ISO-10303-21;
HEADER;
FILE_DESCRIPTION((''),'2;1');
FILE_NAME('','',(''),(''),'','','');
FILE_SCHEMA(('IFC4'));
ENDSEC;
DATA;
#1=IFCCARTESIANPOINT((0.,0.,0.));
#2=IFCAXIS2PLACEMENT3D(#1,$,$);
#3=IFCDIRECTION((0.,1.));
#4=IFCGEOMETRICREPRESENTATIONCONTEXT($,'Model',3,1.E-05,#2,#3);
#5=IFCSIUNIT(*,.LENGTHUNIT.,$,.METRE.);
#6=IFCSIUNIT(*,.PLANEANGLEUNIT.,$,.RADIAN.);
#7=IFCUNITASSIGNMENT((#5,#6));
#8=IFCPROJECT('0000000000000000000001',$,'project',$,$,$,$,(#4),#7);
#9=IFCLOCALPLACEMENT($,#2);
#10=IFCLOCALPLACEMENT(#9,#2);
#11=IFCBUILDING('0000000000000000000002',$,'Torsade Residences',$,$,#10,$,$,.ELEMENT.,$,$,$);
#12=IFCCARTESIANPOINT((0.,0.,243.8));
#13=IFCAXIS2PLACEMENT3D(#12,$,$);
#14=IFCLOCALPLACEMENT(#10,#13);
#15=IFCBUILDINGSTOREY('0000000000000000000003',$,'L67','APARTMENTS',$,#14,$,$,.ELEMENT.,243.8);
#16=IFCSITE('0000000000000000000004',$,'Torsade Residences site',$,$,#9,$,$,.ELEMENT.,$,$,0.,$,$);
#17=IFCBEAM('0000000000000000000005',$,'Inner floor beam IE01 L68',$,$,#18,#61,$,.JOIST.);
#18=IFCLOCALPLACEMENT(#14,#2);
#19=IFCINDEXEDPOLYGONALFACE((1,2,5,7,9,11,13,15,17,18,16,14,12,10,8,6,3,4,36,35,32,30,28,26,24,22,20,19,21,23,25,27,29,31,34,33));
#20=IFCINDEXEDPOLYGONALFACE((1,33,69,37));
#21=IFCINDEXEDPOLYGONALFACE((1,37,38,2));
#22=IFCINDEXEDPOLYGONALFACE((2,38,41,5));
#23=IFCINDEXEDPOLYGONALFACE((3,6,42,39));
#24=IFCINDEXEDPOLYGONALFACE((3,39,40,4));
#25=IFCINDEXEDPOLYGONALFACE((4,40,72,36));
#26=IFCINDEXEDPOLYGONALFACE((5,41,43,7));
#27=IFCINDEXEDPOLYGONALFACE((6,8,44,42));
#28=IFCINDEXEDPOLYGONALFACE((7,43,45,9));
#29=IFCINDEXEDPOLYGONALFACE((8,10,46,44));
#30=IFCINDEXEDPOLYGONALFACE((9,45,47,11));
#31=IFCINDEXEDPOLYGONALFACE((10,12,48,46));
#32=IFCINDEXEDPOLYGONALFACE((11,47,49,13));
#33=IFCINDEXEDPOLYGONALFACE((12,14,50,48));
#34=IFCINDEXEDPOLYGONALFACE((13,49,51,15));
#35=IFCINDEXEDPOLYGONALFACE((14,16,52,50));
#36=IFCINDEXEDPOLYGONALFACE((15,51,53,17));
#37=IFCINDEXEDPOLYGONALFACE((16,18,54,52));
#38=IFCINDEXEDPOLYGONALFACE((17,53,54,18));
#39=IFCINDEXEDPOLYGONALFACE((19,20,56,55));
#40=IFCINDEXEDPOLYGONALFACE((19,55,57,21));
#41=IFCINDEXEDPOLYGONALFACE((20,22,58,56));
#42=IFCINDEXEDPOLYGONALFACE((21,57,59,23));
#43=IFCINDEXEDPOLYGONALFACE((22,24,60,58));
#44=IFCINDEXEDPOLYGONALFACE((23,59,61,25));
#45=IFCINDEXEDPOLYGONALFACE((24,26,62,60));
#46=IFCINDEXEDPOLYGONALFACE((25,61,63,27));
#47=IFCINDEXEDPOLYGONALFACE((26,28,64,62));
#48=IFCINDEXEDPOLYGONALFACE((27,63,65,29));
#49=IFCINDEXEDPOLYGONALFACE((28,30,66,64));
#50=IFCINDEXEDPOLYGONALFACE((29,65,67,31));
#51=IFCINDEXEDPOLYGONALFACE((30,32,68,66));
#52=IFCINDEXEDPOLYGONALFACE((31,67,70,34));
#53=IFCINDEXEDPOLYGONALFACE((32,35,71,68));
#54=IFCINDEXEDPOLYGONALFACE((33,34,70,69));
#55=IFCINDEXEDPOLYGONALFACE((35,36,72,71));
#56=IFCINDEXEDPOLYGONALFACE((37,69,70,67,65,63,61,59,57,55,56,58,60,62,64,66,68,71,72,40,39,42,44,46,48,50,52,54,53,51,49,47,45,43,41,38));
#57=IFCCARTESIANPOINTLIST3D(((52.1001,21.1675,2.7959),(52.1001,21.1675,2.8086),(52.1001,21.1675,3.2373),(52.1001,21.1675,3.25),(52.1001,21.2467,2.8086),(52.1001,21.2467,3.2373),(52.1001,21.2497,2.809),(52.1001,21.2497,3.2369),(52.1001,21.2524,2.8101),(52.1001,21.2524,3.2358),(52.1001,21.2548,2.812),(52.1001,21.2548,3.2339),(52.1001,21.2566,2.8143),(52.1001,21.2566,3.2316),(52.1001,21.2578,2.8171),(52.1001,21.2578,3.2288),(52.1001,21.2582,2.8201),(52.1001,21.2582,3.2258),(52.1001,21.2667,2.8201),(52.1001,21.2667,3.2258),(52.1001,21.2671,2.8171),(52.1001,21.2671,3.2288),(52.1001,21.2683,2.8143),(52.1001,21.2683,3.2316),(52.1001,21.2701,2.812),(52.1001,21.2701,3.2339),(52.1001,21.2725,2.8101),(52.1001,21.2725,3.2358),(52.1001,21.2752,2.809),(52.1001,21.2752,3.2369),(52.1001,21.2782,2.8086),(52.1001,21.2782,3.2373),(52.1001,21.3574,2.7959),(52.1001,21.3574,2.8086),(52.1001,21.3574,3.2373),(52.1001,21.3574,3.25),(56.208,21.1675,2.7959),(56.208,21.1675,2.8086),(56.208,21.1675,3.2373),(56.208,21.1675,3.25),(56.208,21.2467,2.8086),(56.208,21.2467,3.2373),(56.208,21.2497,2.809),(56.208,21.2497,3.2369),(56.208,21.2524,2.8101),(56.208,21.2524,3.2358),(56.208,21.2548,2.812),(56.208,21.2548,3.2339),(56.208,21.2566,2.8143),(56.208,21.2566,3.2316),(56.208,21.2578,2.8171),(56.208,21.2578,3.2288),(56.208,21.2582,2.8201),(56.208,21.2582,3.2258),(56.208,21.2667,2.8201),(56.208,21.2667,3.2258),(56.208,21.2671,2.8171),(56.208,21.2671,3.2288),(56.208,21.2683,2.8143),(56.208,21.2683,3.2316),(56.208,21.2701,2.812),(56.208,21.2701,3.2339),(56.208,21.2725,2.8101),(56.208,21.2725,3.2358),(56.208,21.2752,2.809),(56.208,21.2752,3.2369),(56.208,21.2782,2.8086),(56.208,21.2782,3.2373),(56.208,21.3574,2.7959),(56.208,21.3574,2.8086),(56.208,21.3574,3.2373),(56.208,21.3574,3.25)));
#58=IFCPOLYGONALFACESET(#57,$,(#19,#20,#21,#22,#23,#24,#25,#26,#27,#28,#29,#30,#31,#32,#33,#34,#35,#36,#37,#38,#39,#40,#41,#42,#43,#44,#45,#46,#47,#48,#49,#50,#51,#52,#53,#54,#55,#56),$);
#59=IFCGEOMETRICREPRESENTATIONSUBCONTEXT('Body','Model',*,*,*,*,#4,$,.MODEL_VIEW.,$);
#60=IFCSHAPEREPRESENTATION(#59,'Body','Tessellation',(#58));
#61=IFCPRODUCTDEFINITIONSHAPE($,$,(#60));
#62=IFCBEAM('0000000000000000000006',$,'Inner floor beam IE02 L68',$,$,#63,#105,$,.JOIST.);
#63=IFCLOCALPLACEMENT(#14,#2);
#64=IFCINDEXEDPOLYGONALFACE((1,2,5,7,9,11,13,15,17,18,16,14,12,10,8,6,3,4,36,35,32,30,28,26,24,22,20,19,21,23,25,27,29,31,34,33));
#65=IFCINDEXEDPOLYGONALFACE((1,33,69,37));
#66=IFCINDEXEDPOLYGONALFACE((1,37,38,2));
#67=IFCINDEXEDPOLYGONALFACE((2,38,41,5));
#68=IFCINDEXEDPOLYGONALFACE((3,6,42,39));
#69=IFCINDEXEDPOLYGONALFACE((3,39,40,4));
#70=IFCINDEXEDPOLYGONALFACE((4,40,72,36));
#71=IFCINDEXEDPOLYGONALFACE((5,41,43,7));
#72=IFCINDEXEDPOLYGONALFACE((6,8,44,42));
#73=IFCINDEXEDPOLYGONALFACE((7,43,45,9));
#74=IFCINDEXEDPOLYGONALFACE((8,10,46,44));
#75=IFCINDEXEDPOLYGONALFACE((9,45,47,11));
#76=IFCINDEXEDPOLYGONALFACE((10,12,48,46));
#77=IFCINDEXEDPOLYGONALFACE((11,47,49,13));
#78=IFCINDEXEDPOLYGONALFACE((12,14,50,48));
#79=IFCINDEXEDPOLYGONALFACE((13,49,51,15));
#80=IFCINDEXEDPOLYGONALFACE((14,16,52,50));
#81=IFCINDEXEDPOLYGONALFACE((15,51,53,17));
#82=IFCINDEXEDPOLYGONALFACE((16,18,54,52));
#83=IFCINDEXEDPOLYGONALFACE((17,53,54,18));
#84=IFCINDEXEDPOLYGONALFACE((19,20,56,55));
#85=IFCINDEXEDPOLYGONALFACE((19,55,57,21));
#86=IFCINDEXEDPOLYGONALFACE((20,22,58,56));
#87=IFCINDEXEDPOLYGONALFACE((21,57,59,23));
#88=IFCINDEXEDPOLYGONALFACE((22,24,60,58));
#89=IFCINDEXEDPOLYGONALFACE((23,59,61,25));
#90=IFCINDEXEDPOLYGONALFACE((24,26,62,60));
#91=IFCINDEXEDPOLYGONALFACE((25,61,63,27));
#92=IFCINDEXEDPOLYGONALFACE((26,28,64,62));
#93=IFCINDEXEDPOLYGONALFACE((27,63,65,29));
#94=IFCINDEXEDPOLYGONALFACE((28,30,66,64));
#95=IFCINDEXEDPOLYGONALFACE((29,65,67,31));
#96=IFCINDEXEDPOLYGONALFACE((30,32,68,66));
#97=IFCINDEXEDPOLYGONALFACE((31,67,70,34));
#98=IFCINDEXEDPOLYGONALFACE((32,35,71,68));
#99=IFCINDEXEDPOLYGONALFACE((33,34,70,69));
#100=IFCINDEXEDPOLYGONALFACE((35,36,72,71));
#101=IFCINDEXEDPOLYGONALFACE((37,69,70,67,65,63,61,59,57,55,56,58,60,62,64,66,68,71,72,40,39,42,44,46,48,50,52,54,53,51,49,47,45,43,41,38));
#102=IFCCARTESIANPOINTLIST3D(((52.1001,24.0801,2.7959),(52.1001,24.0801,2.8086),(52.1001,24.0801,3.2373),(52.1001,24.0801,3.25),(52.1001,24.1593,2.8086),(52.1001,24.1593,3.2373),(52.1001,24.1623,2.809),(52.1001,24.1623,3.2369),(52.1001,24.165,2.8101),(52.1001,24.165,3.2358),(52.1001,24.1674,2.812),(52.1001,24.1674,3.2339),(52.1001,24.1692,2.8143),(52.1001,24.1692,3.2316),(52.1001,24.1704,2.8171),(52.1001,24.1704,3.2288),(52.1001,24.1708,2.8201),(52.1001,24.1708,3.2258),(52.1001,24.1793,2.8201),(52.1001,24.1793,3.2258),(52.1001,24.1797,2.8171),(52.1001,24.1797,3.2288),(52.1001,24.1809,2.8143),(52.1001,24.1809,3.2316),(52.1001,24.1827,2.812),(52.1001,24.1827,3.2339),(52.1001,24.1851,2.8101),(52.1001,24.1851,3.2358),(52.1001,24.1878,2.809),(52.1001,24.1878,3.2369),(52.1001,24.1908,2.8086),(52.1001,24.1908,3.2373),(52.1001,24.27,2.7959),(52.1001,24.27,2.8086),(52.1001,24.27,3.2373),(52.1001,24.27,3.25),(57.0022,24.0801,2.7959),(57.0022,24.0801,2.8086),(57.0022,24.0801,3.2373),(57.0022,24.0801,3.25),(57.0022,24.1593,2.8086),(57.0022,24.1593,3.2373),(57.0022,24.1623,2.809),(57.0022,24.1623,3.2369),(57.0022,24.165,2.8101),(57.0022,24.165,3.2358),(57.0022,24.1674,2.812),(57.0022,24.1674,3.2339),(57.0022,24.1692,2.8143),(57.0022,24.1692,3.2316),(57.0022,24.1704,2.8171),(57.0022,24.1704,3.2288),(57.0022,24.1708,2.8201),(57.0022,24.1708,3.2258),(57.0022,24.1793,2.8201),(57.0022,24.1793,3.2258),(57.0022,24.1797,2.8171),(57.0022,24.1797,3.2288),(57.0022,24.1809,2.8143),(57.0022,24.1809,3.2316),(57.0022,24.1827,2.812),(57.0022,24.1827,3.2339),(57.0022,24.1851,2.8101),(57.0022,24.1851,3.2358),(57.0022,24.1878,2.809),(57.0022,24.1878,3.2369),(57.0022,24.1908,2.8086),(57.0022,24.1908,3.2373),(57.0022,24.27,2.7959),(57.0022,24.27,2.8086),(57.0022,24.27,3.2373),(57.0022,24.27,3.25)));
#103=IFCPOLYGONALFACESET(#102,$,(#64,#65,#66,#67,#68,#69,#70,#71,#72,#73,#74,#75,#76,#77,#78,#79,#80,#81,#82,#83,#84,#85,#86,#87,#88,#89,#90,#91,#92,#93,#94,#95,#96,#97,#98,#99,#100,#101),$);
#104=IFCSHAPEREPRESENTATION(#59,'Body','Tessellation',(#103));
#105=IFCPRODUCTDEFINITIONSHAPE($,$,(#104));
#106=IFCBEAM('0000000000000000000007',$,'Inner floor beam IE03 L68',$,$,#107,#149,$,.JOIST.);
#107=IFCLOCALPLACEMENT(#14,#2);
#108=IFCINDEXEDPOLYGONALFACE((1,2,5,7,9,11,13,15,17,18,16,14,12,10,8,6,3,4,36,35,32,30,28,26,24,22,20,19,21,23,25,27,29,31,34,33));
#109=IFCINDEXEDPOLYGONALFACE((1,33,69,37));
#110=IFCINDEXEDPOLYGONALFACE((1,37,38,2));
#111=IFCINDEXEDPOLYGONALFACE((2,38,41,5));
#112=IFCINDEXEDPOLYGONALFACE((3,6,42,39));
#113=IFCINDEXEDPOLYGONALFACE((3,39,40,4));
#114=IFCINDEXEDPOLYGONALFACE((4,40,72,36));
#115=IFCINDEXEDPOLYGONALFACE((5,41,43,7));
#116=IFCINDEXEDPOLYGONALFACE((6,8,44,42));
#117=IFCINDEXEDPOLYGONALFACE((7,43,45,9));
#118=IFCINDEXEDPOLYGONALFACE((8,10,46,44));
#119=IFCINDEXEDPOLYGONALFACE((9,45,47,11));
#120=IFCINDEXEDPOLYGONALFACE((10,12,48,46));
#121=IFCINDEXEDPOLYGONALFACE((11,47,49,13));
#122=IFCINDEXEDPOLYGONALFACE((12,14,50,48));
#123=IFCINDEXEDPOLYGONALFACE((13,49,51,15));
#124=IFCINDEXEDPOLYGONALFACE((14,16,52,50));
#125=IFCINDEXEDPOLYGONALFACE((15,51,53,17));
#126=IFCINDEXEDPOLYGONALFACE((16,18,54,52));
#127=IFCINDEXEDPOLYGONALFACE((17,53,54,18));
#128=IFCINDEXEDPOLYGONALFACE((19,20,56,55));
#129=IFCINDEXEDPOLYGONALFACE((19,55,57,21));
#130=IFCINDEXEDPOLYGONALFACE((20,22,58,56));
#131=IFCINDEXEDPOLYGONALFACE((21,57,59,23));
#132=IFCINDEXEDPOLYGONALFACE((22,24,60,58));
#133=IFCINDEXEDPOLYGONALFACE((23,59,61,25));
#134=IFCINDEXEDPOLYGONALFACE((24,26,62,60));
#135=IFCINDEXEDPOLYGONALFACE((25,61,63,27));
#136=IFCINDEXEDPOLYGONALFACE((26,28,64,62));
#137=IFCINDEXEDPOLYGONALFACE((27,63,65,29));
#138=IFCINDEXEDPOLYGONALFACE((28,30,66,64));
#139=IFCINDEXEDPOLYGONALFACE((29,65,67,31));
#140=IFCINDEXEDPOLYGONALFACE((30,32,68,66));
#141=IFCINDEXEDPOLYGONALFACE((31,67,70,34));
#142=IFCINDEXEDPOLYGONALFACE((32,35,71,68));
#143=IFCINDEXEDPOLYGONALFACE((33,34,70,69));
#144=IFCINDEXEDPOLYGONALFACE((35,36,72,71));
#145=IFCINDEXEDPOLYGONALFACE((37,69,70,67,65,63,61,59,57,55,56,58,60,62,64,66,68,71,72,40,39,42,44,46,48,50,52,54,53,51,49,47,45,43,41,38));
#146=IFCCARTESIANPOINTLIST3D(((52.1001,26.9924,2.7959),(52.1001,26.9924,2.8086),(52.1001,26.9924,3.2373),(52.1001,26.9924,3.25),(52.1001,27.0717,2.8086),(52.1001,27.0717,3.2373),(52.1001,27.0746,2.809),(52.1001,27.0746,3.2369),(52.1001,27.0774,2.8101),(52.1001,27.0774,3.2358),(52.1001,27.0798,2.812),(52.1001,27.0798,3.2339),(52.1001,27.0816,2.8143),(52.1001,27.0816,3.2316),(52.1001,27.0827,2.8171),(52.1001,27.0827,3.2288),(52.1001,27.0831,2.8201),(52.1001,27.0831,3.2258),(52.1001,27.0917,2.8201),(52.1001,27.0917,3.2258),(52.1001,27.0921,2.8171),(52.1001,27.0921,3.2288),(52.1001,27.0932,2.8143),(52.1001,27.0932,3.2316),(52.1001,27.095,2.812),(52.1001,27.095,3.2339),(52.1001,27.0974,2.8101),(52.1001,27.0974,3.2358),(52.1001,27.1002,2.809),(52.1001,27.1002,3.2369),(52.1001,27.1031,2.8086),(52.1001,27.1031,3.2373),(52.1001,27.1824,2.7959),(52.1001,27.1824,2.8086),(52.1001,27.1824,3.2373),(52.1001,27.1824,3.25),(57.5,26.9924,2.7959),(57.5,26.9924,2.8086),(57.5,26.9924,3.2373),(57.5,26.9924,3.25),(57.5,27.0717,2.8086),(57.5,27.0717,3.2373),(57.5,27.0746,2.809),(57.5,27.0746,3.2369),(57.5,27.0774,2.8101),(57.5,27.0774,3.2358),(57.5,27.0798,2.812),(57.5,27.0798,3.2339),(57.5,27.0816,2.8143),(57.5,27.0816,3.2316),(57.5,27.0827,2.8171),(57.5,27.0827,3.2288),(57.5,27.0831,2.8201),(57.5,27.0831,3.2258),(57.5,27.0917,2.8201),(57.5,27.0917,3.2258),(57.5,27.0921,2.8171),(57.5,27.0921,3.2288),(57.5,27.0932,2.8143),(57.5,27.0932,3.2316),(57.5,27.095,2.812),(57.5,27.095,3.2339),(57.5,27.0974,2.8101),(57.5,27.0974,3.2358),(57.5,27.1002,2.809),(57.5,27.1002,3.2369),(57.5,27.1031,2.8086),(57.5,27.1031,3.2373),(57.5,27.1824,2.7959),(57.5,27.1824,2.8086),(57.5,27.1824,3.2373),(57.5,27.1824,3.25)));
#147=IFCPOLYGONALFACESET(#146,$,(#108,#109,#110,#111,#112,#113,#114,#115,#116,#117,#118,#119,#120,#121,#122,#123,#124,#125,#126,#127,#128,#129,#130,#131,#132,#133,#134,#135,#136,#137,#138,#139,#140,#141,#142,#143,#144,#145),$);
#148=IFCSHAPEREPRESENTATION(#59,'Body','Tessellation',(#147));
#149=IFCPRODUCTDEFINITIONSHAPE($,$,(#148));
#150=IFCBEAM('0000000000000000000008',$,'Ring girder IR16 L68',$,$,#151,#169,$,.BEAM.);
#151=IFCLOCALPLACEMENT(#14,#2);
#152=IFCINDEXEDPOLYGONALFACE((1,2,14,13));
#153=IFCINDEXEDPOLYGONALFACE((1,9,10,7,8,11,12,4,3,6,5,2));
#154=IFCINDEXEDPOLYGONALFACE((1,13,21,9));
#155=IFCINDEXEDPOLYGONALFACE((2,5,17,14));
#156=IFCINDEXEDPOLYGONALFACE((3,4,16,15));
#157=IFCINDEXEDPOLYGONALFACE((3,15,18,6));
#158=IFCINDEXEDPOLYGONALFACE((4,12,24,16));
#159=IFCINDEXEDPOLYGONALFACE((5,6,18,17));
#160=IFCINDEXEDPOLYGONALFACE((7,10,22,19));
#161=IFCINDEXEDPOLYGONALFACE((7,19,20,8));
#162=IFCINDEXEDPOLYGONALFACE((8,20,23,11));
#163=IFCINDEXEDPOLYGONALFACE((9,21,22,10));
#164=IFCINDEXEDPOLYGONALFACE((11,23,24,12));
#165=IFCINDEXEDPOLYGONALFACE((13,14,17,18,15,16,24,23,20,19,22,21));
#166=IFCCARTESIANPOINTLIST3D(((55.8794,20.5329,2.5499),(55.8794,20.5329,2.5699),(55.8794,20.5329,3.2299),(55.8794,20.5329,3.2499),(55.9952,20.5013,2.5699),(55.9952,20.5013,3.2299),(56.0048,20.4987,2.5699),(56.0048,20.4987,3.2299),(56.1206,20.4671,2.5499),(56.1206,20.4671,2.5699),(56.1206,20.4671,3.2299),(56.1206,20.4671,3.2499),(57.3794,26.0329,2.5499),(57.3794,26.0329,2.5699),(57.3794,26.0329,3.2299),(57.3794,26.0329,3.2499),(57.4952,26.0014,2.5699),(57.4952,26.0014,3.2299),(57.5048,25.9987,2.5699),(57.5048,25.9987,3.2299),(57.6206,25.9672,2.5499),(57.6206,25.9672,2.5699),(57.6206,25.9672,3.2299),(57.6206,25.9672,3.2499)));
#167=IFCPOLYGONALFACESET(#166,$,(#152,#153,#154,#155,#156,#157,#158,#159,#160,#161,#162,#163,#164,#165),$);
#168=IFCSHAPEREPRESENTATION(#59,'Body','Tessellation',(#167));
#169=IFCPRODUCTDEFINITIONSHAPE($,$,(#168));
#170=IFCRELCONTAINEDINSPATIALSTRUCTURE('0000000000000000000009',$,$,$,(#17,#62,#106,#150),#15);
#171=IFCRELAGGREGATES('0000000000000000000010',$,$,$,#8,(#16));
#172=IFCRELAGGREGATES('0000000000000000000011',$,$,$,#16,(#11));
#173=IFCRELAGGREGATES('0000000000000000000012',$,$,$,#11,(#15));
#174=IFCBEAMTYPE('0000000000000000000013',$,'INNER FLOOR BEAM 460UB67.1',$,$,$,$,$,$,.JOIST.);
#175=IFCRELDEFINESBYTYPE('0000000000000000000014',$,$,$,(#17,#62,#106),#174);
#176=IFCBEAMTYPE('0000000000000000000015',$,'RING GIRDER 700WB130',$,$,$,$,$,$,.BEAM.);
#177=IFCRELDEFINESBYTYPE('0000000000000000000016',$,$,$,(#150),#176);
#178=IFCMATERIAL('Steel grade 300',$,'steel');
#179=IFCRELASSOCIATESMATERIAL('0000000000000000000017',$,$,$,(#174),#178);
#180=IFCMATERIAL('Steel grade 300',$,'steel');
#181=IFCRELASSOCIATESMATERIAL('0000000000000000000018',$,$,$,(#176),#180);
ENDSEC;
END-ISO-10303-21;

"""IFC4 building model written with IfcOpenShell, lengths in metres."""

from ifc_helpers import new_model, si_unit, direction, frame, origin, origin_2d, place, context, subcontext, project, spatial, i_section, extrude, material, material_profile, profile_set, type_object, element, save


model = new_model("IFC4")

# Units and contexts
model_context = context("Model", 3, precision=1e-05, world=origin(), true_north=direction((0.0, 1.0)))
body_context = subcontext(model_context, "Body", "Model", "MODEL_VIEW")
ifc_project = project(units=[si_unit("LENGTHUNIT", "METRE"), si_unit("PLANEANGLEUNIT", "RADIAN")], contexts=[model_context])

# Site, building, storey
site_placement = place(None, origin())
site = spatial("IfcSite", under=ifc_project, at=site_placement, Name="Torsade Residences site", CompositionType="ELEMENT", RefElevation=0.0)
building_placement = place(site_placement, origin())
building = spatial("IfcBuilding", under=site, at=building_placement, Name="Torsade Residences", CompositionType="ELEMENT")
storey_placement = place(building_placement, frame((0.0, 0.0, 243.8)))
storey = spatial("IfcBuildingStorey", under=building, at=storey_placement, Name="L67", Description="APARTMENTS", CompositionType="ELEMENT", Elevation=243.8)

# Beams
ifc_material_1 = material(Name="Steel grade 300", Category="steel")
ifc_material_profile_1 = material_profile(ifc_material_1, i_section(OverallWidth=0.1899, OverallDepth=0.4541, WebThickness=0.0085, FlangeThickness=0.0127, FilletRadius=0.0115, at=origin_2d()), Name="460UB67.1")
ifc_profile_set_1 = profile_set([ifc_material_profile_1], Name="Steel grade 300")
beam_type_1 = type_object("IfcBeamType", Name="INNER FLOOR BEAM 460UB67.1", PredefinedType="JOIST", material=ifc_profile_set_1)
beam_1_placement = place(storey_placement, frame((52.1001, 21.2625, 3.0229), z_axis=(1.0, 0.0, 0.0), x_axis=(0.0, 1.0, 0.0)))
element("IfcBeam", 1, at=beam_1_placement, inside=storey, type_object=beam_type_1, Name="Inner floor beam IE01 L68", PredefinedType="JOIST", context=body_context, shape_type="SweptSolid", body=[
    extrude(i_section(OverallWidth=0.1899, OverallDepth=0.4541, WebThickness=0.0085, FlangeThickness=0.0127, FilletRadius=0.0115, at=origin_2d()), origin(), (0.0, 0.0, 1.0), 4.1079),
])
beam_2_placement = place(storey_placement, frame((52.1001, 24.175, 3.0229), z_axis=(1.0, 0.0, 0.0), x_axis=(0.0, 1.0, 0.0)))
element("IfcBeam", 2, at=beam_2_placement, inside=storey, type_object=beam_type_1, Name="Inner floor beam IE02 L68", PredefinedType="JOIST", context=body_context, shape_type="SweptSolid", body=[
    extrude(i_section(OverallWidth=0.1899, OverallDepth=0.4541, WebThickness=0.0085, FlangeThickness=0.0127, FilletRadius=0.0115, at=origin_2d()), origin(), (0.0, 0.0, 1.0), 4.9021),
])
beam_3_placement = place(storey_placement, frame((52.1001, 27.0874, 3.0229), z_axis=(1.0, 0.0, 0.0), x_axis=(0.0, 1.0, 0.0)))
element("IfcBeam", 3, at=beam_3_placement, inside=storey, type_object=beam_type_1, Name="Inner floor beam IE03 L68", PredefinedType="JOIST", context=body_context, shape_type="SweptSolid", body=[
    extrude(i_section(OverallWidth=0.1899, OverallDepth=0.4541, WebThickness=0.0085, FlangeThickness=0.0127, FilletRadius=0.0115, at=origin_2d()), origin(), (0.0, 0.0, 1.0), 5.3999),
])
ifc_material_2 = material(Name="Steel grade 300", Category="steel")
ifc_material_profile_2 = material_profile(ifc_material_2, i_section(OverallWidth=0.25, OverallDepth=0.7, WebThickness=0.01, FlangeThickness=0.02, at=origin_2d()), Name="700WB130")
ifc_profile_set_2 = profile_set([ifc_material_profile_2], Name="Steel grade 300")
beam_type_2 = type_object("IfcBeamType", Name="RING GIRDER 700WB130", PredefinedType="BEAM", material=ifc_profile_set_2)
beam_4_placement = place(storey_placement, frame((56.0, 20.5, 2.8999), z_axis=(0.263117, 0.964764, 0.0), x_axis=(-0.964764, 0.263117, 0.0)))
element("IfcBeam", 4, at=beam_4_placement, inside=storey, type_object=beam_type_2, Name="Ring girder IR16 L68", PredefinedType="BEAM", context=body_context, shape_type="SweptSolid", body=[
    extrude(i_section(OverallWidth=0.25, OverallDepth=0.7, WebThickness=0.01, FlangeThickness=0.02, at=origin_2d()), origin(), (0.0, 0.0, 1.0), 5.7009),
])

save(model, "model.ifc")
